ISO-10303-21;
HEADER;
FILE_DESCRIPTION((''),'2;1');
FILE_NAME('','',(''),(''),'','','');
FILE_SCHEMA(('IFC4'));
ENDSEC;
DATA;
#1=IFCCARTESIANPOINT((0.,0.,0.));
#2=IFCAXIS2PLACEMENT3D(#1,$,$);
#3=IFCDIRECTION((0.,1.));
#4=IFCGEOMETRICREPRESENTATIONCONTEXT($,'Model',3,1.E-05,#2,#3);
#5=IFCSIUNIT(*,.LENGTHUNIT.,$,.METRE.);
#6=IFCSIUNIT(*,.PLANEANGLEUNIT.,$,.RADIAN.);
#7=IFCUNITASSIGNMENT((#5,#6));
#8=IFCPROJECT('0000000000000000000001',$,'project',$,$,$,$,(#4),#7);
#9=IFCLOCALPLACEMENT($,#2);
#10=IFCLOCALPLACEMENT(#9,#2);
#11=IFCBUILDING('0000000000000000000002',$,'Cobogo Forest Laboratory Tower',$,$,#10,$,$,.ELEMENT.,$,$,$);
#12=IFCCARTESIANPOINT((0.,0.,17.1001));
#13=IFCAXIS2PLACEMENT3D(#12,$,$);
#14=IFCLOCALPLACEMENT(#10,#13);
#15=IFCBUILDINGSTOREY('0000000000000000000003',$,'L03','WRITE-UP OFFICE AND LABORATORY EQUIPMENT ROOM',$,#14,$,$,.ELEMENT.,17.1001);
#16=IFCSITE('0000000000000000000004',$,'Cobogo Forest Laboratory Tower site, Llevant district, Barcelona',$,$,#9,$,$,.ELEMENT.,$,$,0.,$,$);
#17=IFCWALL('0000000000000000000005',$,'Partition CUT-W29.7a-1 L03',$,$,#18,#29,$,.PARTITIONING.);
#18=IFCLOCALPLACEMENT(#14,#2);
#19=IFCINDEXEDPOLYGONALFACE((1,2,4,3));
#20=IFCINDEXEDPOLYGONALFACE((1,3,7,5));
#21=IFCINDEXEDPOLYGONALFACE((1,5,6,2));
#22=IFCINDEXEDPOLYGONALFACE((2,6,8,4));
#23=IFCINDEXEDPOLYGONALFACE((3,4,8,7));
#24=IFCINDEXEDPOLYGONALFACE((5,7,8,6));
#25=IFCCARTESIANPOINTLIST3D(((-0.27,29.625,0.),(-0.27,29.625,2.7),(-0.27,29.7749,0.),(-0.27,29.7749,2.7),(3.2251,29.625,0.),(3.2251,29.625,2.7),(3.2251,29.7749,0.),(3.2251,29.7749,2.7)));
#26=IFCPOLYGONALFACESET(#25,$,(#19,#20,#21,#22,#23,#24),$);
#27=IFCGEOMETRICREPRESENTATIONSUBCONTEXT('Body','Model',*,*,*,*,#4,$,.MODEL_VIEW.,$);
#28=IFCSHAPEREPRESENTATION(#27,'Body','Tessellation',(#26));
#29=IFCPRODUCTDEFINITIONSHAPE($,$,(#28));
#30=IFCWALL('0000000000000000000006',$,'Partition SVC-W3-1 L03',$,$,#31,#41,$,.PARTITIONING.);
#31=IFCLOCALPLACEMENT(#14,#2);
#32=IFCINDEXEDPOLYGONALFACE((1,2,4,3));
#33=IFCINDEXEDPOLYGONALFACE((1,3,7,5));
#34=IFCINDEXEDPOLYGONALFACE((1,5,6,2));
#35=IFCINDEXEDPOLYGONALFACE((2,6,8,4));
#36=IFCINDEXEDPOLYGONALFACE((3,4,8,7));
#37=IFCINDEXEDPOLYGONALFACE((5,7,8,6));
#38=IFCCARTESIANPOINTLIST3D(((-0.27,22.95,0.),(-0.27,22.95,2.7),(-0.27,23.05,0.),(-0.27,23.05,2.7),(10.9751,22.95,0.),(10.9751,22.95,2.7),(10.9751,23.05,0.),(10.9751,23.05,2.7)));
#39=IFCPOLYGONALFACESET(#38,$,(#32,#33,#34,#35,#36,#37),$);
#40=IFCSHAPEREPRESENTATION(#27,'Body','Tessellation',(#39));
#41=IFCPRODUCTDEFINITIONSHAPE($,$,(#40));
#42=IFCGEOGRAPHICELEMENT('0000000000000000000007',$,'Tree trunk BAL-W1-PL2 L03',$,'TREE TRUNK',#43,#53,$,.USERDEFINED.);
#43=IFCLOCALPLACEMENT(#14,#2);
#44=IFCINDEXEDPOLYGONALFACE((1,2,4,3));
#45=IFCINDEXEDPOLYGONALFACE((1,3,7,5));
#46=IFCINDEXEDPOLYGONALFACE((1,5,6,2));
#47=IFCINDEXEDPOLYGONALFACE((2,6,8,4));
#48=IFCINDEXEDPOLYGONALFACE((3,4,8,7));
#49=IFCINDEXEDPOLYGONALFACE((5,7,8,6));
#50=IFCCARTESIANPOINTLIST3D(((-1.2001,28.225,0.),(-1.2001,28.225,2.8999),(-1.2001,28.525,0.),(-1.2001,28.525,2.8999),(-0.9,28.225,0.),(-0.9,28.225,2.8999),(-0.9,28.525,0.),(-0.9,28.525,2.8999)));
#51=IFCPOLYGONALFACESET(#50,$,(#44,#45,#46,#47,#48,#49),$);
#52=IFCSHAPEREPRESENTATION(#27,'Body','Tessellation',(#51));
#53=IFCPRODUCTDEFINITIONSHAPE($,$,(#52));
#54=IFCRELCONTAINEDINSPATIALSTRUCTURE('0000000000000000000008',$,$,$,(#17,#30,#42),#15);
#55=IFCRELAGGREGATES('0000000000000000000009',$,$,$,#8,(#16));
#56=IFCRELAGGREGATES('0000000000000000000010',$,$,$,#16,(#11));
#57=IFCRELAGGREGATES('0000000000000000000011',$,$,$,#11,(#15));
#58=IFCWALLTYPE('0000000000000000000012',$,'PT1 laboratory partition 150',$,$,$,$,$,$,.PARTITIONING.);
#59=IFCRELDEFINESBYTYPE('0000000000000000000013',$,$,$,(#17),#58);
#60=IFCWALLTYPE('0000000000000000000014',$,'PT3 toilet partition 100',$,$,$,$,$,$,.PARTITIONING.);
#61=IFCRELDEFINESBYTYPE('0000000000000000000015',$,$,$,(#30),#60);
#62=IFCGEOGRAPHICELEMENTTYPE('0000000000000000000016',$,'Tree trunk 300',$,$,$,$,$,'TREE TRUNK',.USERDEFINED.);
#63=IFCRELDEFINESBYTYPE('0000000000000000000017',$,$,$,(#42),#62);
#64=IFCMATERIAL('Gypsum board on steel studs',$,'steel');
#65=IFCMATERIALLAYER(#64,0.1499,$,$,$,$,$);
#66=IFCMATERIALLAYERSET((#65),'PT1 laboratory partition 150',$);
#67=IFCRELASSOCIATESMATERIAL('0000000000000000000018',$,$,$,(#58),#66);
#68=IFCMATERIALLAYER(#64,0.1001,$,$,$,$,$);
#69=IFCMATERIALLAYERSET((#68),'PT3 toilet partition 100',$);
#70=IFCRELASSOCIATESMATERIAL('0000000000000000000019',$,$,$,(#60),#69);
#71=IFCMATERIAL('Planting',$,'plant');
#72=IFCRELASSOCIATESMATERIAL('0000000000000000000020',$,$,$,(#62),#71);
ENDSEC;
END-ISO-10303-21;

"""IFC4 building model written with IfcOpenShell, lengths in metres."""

from ifc_helpers import new_model, si_unit, direction, frame, frame_2d, origin, origin_2d, place, context, subcontext, project, spatial, rectangle, extrude, material, layer, layer_set, type_object, element, save


model = new_model("IFC4")

# Units and contexts
model_context = context("Model", 3, precision=1e-05, world=origin(), true_north=direction((0.0, 1.0)))
body_context = subcontext(model_context, "Body", "Model", "MODEL_VIEW")
ifc_project = project(units=[si_unit("LENGTHUNIT", "METRE"), si_unit("PLANEANGLEUNIT", "RADIAN")], contexts=[model_context])

# Site, building, storey
site_placement = place(None, origin())
site = spatial("IfcSite", under=ifc_project, at=site_placement, Name="Cobogo Forest Laboratory Tower site, Llevant district, Barcelona", CompositionType="ELEMENT", RefElevation=0.0)
building_placement = place(site_placement, origin())
building = spatial("IfcBuilding", under=site, at=building_placement, Name="Cobogo Forest Laboratory Tower", CompositionType="ELEMENT")
storey_placement = place(building_placement, frame((0.0, 0.0, 17.1001)))
storey = spatial("IfcBuildingStorey", under=building, at=storey_placement, Name="L03", Description="WRITE-UP OFFICE AND LABORATORY EQUIPMENT ROOM", CompositionType="ELEMENT", Elevation=17.1001)

# Walls
ifc_material_1 = material(Name="Gypsum board on steel studs", Category="steel")
ifc_layer_1 = layer(ifc_material_1, 0.1499)
ifc_layer_set_1 = layer_set([ifc_layer_1], Name="PT1 laboratory partition 150")
wall_type_1 = type_object("IfcWallType", Name="PT1 laboratory partition 150", PredefinedType="PARTITIONING", material=ifc_layer_set_1)
wall_1_placement = place(storey_placement, frame((-0.27, 29.7, 0.0), z_axis=(0.0, 0.0, 1.0), x_axis=(1.0, 0.0, 0.0)))
element("IfcWall", 1, at=wall_1_placement, inside=storey, type_object=wall_type_1, Name="Partition CUT-W29.7a-1 L03", PredefinedType="PARTITIONING", context=body_context, shape_type="SweptSolid", body=[
    extrude(rectangle(XDim=3.4951, YDim=0.1499, at=frame_2d((1.7476, 0.0))), origin(), (0.0, 0.0, 1.0), 2.7),
])
ifc_layer_2 = layer(ifc_material_1, 0.1001)
ifc_layer_set_2 = layer_set([ifc_layer_2], Name="PT3 toilet partition 100")
wall_type_2 = type_object("IfcWallType", Name="PT3 toilet partition 100", PredefinedType="PARTITIONING", material=ifc_layer_set_2)
wall_2_placement = place(storey_placement, frame((-0.27, 23.0, 0.0), z_axis=(0.0, 0.0, 1.0), x_axis=(1.0, 0.0, 0.0)))
element("IfcWall", 2, at=wall_2_placement, inside=storey, type_object=wall_type_2, Name="Partition SVC-W3-1 L03", PredefinedType="PARTITIONING", context=body_context, shape_type="SweptSolid", body=[
    extrude(rectangle(XDim=11.2451, YDim=0.1001, at=frame_2d((5.6226, 0.0))), origin(), (0.0, 0.0, 1.0), 2.7),
])

# Geographic element
ifc_material_2 = material(Name="Planting", Category="plant")
geographic_element_type = type_object("IfcGeographicElementType", Name="Tree trunk 300", ElementType="TREE TRUNK", PredefinedType="USERDEFINED", material=ifc_material_2)
geographic_element_placement = place(storey_placement, frame((-1.05, 28.375, 0.0), z_axis=(0.0, 0.0, 1.0), x_axis=(1.0, 0.0, 0.0)))
element("IfcGeographicElement", 3, at=geographic_element_placement, inside=storey, type_object=geographic_element_type, Name="Tree trunk BAL-W1-PL2 L03", ObjectType="TREE TRUNK", PredefinedType="USERDEFINED", context=body_context, shape_type="SweptSolid", body=[
    extrude(rectangle(XDim=0.3, YDim=0.3, at=origin_2d()), origin(), (0.0, 0.0, 1.0), 2.8999),
])

save(model, "model.ifc")
